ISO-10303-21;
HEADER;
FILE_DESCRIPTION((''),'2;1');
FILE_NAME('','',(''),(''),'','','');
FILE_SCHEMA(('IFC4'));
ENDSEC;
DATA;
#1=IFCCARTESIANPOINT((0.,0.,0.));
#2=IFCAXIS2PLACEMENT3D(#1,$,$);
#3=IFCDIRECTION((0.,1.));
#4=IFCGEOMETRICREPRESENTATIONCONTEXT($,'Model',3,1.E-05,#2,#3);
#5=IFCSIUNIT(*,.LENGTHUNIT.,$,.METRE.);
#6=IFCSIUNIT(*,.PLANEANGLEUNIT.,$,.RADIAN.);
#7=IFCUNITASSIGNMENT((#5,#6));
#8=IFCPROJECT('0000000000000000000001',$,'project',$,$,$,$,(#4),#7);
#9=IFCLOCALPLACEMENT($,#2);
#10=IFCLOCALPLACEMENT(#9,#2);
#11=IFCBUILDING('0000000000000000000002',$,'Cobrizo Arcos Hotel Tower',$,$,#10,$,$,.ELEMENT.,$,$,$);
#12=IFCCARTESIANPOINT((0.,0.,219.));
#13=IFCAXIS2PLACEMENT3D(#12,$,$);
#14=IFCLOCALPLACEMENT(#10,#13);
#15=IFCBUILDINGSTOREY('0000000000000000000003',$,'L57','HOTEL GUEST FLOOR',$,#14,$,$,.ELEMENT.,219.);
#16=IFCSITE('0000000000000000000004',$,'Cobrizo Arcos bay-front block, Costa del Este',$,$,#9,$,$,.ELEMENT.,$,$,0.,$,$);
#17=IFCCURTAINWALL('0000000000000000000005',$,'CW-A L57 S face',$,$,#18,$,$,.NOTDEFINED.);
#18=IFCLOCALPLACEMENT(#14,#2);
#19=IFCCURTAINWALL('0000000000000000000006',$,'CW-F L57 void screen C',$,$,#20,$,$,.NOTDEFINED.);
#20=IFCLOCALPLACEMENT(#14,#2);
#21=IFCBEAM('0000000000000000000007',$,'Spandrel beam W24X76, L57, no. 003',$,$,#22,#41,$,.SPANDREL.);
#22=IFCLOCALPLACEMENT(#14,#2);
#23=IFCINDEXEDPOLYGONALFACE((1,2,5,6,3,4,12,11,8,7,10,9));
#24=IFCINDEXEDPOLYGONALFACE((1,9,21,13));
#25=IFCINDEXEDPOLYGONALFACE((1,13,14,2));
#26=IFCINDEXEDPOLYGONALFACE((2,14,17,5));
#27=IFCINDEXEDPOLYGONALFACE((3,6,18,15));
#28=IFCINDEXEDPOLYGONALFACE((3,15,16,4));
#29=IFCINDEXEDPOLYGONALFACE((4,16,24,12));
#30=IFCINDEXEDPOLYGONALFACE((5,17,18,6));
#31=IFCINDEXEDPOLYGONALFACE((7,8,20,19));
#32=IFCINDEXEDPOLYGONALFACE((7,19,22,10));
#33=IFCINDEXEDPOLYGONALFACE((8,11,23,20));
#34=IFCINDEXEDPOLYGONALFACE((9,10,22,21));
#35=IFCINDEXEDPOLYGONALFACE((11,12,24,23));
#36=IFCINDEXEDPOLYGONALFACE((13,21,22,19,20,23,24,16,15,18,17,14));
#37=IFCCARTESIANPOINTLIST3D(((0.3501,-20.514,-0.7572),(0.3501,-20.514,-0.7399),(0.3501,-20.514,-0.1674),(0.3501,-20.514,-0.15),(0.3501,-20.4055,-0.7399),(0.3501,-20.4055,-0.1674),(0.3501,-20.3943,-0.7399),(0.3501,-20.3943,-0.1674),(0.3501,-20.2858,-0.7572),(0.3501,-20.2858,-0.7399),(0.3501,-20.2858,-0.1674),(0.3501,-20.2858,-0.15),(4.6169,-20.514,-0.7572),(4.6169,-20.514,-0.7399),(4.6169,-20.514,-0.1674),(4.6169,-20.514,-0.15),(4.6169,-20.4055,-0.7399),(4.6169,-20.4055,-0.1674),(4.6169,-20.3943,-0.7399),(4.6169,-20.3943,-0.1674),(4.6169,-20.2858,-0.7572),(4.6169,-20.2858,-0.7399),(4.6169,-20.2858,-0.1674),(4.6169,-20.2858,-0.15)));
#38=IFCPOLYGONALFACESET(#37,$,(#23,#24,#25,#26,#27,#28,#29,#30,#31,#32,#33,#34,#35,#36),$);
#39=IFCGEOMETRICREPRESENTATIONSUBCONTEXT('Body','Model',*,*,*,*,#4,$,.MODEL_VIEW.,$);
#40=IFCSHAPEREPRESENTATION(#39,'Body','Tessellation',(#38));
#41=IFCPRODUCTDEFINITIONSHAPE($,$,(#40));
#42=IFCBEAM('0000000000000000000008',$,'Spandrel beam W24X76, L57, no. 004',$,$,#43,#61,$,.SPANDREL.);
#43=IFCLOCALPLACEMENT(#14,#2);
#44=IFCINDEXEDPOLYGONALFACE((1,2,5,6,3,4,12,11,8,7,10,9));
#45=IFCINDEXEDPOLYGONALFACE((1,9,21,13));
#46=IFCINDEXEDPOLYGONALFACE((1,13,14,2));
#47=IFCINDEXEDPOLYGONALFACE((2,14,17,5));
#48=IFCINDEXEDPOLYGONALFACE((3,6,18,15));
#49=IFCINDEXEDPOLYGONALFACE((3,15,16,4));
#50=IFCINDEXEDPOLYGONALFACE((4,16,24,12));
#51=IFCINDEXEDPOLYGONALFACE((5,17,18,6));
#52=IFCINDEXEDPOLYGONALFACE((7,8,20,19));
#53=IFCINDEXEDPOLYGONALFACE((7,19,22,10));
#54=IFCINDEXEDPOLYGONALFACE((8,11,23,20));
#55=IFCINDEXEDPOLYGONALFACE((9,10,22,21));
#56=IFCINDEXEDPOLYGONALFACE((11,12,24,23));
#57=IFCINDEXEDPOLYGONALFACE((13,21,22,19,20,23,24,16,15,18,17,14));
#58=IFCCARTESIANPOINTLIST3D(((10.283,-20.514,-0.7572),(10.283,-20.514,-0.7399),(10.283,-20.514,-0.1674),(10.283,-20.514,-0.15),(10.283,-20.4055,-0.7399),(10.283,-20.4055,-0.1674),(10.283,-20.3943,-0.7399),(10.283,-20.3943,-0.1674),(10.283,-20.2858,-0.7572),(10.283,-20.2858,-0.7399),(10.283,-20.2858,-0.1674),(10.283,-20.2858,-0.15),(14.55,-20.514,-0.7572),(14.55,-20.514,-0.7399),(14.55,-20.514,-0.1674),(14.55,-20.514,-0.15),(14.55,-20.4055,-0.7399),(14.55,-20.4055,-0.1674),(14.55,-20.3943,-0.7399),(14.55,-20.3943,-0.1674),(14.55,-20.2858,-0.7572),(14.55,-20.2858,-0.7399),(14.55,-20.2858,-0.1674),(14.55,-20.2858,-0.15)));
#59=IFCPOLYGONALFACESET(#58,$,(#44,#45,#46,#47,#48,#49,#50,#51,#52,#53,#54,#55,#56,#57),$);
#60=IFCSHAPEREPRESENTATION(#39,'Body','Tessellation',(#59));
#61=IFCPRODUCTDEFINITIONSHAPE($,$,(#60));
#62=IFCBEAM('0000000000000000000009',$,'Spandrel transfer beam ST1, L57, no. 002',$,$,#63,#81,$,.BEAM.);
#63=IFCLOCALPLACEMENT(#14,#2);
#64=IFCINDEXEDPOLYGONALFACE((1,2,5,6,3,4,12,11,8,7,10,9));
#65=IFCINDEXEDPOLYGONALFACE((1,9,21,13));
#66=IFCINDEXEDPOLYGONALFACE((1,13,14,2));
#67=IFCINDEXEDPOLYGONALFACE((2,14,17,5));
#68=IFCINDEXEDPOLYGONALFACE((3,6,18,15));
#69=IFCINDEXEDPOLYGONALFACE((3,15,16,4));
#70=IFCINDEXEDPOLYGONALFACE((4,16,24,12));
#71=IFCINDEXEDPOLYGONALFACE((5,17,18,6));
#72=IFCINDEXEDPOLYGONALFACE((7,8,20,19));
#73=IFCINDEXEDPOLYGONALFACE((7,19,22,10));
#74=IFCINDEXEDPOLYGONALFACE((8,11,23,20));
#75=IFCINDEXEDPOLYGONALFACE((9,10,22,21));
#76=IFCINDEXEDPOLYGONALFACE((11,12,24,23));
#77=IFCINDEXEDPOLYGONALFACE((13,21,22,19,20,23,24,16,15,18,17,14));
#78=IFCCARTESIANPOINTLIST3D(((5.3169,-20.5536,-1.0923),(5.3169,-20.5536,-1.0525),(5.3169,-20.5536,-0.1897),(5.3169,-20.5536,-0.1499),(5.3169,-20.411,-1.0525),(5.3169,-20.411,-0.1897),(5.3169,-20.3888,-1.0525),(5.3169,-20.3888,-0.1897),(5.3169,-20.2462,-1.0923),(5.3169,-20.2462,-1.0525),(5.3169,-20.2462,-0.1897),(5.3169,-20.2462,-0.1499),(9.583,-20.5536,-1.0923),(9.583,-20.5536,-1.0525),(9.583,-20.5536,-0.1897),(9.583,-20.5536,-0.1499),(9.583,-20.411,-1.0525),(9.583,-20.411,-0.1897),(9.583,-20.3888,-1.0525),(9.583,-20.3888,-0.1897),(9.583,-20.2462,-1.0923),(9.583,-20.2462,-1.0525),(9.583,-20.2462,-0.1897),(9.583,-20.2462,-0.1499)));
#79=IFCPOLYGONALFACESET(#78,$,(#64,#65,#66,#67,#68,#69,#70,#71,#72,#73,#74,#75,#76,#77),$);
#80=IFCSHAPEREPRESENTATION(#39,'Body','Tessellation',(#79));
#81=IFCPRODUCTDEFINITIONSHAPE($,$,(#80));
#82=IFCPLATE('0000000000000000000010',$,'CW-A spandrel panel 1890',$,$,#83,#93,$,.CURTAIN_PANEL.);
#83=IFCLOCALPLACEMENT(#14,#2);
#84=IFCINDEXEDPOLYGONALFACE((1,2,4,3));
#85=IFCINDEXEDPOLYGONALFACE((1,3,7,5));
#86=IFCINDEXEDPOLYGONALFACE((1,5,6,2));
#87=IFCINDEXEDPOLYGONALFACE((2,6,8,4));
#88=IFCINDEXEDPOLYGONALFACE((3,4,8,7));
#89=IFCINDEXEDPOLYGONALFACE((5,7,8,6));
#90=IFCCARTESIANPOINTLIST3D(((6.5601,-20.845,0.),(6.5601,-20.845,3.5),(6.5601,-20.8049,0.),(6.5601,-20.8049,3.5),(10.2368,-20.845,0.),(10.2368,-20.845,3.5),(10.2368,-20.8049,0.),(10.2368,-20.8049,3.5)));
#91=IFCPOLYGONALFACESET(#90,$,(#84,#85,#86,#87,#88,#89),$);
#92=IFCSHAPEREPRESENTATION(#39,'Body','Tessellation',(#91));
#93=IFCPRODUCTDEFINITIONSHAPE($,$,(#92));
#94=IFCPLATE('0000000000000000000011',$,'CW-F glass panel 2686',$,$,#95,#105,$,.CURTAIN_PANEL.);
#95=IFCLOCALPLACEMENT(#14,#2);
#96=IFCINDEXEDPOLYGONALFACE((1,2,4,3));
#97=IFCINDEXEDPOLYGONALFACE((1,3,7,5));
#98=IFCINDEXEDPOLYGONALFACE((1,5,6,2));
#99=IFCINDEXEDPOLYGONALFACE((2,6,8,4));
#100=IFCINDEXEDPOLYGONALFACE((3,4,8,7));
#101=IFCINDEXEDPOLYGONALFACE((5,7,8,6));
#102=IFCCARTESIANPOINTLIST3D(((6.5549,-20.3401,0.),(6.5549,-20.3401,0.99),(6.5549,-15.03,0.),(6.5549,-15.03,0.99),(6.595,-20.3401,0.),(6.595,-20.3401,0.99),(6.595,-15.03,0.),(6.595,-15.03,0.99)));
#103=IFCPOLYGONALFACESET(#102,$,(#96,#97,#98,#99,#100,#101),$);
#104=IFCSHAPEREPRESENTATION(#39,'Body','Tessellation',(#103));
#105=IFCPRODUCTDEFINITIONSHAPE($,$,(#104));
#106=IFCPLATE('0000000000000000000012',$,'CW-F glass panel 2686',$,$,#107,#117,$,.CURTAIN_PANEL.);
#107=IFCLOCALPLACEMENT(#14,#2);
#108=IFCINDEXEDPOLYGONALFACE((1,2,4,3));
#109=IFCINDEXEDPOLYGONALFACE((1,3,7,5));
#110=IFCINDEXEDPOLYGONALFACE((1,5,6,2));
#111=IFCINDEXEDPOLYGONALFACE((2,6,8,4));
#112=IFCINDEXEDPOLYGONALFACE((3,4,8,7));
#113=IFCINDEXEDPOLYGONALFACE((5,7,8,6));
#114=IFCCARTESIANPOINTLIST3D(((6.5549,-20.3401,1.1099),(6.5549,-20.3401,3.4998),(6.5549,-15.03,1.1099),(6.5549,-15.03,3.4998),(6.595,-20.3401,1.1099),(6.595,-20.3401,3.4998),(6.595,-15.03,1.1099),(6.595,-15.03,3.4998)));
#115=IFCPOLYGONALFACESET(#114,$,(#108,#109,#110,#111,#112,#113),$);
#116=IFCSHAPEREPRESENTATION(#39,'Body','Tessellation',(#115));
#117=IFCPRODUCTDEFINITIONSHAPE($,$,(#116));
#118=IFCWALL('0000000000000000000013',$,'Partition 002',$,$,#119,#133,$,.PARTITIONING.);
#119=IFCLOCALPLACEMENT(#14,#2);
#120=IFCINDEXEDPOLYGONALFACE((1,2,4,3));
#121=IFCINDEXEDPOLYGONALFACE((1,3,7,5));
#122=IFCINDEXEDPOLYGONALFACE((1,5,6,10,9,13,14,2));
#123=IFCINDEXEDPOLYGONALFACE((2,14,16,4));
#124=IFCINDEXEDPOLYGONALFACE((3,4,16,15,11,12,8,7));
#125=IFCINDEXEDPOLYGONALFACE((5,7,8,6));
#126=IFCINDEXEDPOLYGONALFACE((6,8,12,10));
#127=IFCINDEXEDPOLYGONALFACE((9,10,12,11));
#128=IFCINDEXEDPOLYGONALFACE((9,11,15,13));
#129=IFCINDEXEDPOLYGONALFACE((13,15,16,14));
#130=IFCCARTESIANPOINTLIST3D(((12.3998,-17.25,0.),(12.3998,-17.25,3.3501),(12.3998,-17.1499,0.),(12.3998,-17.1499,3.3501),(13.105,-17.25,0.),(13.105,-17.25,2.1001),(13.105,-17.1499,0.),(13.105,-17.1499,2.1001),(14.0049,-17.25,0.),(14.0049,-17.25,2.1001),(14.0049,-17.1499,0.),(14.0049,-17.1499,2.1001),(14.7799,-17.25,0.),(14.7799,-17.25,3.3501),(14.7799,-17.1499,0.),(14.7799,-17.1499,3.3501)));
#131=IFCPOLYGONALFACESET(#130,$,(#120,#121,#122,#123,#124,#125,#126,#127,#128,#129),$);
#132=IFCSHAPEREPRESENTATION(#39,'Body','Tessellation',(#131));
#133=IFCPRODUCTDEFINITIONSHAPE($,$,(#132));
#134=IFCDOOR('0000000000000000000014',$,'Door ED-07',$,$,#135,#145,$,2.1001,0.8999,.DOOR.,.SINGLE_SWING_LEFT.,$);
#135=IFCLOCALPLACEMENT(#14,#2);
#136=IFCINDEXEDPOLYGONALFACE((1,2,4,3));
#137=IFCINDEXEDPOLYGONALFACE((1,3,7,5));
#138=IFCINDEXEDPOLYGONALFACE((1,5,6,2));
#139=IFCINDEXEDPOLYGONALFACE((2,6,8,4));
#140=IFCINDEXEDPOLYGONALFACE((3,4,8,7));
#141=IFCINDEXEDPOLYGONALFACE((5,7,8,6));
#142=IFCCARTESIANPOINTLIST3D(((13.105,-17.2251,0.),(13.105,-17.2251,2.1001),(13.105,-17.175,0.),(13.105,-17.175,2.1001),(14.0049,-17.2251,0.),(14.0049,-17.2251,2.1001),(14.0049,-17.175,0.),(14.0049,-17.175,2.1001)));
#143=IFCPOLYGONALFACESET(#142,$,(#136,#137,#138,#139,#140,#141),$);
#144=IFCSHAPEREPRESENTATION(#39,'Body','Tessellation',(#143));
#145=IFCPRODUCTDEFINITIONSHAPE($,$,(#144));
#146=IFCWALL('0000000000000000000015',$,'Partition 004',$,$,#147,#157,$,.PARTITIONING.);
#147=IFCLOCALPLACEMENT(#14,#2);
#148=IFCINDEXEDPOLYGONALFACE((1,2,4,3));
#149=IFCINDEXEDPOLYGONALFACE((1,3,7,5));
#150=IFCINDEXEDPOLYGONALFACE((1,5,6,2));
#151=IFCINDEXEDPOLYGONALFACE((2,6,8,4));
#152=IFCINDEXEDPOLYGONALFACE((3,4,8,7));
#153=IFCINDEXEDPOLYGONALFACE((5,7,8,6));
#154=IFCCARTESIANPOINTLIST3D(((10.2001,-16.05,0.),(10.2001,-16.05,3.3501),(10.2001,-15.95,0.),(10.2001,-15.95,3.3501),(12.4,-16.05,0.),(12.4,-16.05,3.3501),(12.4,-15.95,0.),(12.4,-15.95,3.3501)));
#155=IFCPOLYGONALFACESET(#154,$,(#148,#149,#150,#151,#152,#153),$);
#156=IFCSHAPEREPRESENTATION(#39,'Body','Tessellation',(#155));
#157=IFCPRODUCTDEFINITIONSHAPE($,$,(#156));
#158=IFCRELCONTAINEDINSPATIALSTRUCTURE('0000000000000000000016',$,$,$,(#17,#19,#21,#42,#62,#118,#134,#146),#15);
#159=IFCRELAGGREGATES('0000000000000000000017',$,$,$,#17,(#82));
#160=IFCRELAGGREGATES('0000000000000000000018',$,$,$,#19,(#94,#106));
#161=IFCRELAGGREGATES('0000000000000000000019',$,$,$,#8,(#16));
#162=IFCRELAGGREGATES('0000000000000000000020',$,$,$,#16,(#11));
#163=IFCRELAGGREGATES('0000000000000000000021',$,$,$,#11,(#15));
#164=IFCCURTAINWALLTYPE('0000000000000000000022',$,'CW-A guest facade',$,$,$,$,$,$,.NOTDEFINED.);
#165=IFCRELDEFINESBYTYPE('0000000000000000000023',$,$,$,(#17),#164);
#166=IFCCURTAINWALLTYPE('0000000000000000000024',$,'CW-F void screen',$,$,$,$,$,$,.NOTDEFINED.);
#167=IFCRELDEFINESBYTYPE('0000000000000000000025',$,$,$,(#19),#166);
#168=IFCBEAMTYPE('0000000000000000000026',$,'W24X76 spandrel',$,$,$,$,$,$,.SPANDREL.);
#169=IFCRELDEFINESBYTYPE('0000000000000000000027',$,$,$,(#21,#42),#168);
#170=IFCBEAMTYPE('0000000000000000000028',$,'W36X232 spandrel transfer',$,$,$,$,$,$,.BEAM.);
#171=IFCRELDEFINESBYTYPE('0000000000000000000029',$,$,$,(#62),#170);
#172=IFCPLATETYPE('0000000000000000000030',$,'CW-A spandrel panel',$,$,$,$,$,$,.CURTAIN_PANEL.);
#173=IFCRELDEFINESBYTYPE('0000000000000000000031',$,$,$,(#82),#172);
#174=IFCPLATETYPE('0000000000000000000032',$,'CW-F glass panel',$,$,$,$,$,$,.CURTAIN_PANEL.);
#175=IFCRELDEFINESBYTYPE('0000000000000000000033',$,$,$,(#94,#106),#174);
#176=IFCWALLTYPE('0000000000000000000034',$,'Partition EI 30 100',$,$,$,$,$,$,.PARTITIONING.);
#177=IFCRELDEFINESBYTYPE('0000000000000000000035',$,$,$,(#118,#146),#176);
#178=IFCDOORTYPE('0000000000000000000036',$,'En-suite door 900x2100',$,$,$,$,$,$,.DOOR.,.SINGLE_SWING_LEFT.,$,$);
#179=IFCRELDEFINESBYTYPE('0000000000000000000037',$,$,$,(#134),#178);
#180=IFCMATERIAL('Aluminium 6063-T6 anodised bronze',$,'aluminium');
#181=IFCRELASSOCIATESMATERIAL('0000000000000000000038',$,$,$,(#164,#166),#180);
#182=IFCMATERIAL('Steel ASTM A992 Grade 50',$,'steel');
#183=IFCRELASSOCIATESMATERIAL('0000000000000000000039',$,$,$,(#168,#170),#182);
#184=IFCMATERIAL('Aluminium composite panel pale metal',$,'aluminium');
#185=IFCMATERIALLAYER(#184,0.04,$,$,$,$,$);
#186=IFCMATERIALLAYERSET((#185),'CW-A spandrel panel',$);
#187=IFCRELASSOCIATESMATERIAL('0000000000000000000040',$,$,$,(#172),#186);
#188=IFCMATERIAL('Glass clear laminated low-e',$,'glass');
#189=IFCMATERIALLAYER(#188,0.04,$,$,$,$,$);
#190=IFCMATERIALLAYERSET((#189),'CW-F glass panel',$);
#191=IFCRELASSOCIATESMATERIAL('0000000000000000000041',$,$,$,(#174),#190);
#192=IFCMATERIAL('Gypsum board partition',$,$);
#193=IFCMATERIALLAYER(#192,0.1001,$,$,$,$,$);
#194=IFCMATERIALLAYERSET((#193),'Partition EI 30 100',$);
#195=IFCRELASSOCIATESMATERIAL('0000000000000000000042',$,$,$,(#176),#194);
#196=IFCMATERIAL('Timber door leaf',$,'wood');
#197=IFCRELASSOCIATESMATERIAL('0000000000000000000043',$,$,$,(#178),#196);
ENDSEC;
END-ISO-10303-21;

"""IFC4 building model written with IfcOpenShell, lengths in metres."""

from ifc_helpers import new_model, si_unit, direction, frame, frame_2d, origin, origin_2d, place, context, subcontext, project, spatial, rectangle, i_section, extrude, material, layer, layer_set, material_profile, profile_set, type_object, element, fill, aggregate, save


model = new_model("IFC4")

# Units and contexts
model_context = context("Model", 3, precision=1e-05, world=origin(), true_north=direction((0.0, 1.0)))
body_context = subcontext(model_context, "Body", "Model", "MODEL_VIEW")
ifc_project = project(units=[si_unit("LENGTHUNIT", "METRE"), si_unit("PLANEANGLEUNIT", "RADIAN")], contexts=[model_context])

# Site, building, storey
site_placement = place(None, origin())
site = spatial("IfcSite", under=ifc_project, at=site_placement, Name="Cobrizo Arcos bay-front block, Costa del Este", CompositionType="ELEMENT", RefElevation=0.0)
building_placement = place(site_placement, origin())
building = spatial("IfcBuilding", under=site, at=building_placement, Name="Cobrizo Arcos Hotel Tower", CompositionType="ELEMENT")
storey_placement = place(building_placement, frame((0.0, 0.0, 219.0)))
storey = spatial("IfcBuildingStorey", under=building, at=storey_placement, Name="L57", Description="HOTEL GUEST FLOOR", CompositionType="ELEMENT", Elevation=219.0)

# Curtain walls
ifc_material_1 = material(Name="Aluminium 6063-T6 anodised bronze", Category="aluminium")
curtain_wall_type_1 = type_object("IfcCurtainWallType", Name="CW-A guest facade", PredefinedType="NOTDEFINED", material=ifc_material_1)
curtain_wall_1_placement = place(storey_placement, origin())
curtain_wall_1 = element("IfcCurtainWall", 1, at=curtain_wall_1_placement, inside=storey, type_object=curtain_wall_type_1, Name="CW-A L57 S face", PredefinedType="NOTDEFINED")
curtain_wall_type_2 = type_object("IfcCurtainWallType", Name="CW-F void screen", PredefinedType="NOTDEFINED", material=ifc_material_1)
curtain_wall_2_placement = place(storey_placement, origin())
curtain_wall_2 = element("IfcCurtainWall", 2, at=curtain_wall_2_placement, inside=storey, type_object=curtain_wall_type_2, Name="CW-F L57 void screen C", PredefinedType="NOTDEFINED")

# Beams
ifc_material_2 = material(Name="Steel ASTM A992 Grade 50", Category="steel")
ifc_material_profile_1 = material_profile(ifc_material_2, i_section(OverallWidth=0.2283, OverallDepth=0.6072, WebThickness=0.0112, FlangeThickness=0.0173, at=origin_2d()), Name="W24X76")
ifc_profile_set_1 = profile_set([ifc_material_profile_1], Name="Steel ASTM A992 Grade 50")
beam_type_1 = type_object("IfcBeamType", Name="W24X76 spandrel", PredefinedType="SPANDREL", material=ifc_profile_set_1)
beam_1_placement = place(storey_placement, frame((0.3501, -20.3999, -0.4536), z_axis=(1.0, 0.0, 0.0), x_axis=(0.0, 1.0, 0.0)))
element("IfcBeam", 3, at=beam_1_placement, inside=storey, type_object=beam_type_1, Name="Spandrel beam W24X76, L57, no. 003", PredefinedType="SPANDREL", context=body_context, shape_type="SweptSolid", body=[
    extrude(i_section(OverallWidth=0.2283, OverallDepth=0.6072, WebThickness=0.0112, FlangeThickness=0.0173, at=origin_2d()), origin(), (0.0, 0.0, 1.0), 4.2668),
])
beam_2_placement = place(storey_placement, frame((10.283, -20.3999, -0.4536), z_axis=(1.0, 0.0, 0.0), x_axis=(0.0, 1.0, 0.0)))
element("IfcBeam", 4, at=beam_2_placement, inside=storey, type_object=beam_type_1, Name="Spandrel beam W24X76, L57, no. 004", PredefinedType="SPANDREL", context=body_context, shape_type="SweptSolid", body=[
    extrude(i_section(OverallWidth=0.2283, OverallDepth=0.6072, WebThickness=0.0112, FlangeThickness=0.0173, at=origin_2d()), origin(), (0.0, 0.0, 1.0), 4.2671),
])
ifc_material_profile_2 = material_profile(ifc_material_2, i_section(OverallWidth=0.3074, OverallDepth=0.9424, WebThickness=0.0222, FlangeThickness=0.0398, at=origin_2d()), Name="W36X232")
ifc_profile_set_2 = profile_set([ifc_material_profile_2], Name="Steel ASTM A992 Grade 50")
beam_type_2 = type_object("IfcBeamType", Name="W36X232 spandrel transfer", PredefinedType="BEAM", material=ifc_profile_set_2)
beam_3_placement = place(storey_placement, frame((5.3169, -20.3999, -0.6211), z_axis=(1.0, 0.0, 0.0), x_axis=(0.0, 1.0, 0.0)))
element("IfcBeam", 5, at=beam_3_placement, inside=storey, type_object=beam_type_2, Name="Spandrel transfer beam ST1, L57, no. 002", PredefinedType="BEAM", context=body_context, shape_type="SweptSolid", body=[
    extrude(i_section(OverallWidth=0.3074, OverallDepth=0.9424, WebThickness=0.0222, FlangeThickness=0.0398, at=origin_2d()), origin(), (0.0, 0.0, 1.0), 4.2661),
])

# Plates
ifc_material_3 = material(Name="Aluminium composite panel pale metal", Category="aluminium")
ifc_layer_1 = layer(ifc_material_3, 0.04)
ifc_layer_set_1 = layer_set([ifc_layer_1], Name="CW-A spandrel panel")
plate_type_1 = type_object("IfcPlateType", Name="CW-A spandrel panel", PredefinedType="CURTAIN_PANEL", material=ifc_layer_set_1)
plate_1_placement = place(storey_placement, frame((8.3984, -20.825, 0.0), z_axis=(0.0, 0.0, 1.0), x_axis=(1.0, 0.0, 0.0)))
plate_1 = element("IfcPlate", 6, at=plate_1_placement, type_object=plate_type_1, Name="CW-A spandrel panel 1890", PredefinedType="CURTAIN_PANEL", context=body_context, shape_type="SweptSolid", body=[
    extrude(rectangle(XDim=3.6768, YDim=0.04, at=origin_2d()), origin(), (0.0, 0.0, 1.0), 3.5),
])
aggregate(curtain_wall_1, [plate_1])
ifc_material_4 = material(Name="Glass clear laminated low-e", Category="glass")
ifc_layer_2 = layer(ifc_material_4, 0.04)
ifc_layer_set_2 = layer_set([ifc_layer_2], Name="CW-F glass panel")
plate_type_2 = type_object("IfcPlateType", Name="CW-F glass panel", PredefinedType="CURTAIN_PANEL", material=ifc_layer_set_2)
plate_2_placement = place(storey_placement, frame((6.575, -17.6851, 0.0), z_axis=(0.0, 0.0, 1.0), x_axis=(0.0, 1.0, 0.0)))
plate_2 = element("IfcPlate", 7, at=plate_2_placement, type_object=plate_type_2, Name="CW-F glass panel 2686", PredefinedType="CURTAIN_PANEL", context=body_context, shape_type="SweptSolid", body=[
    extrude(rectangle(XDim=5.3101, YDim=0.04, at=origin_2d()), origin(), (0.0, 0.0, 1.0), 0.99),
])
plate_3_placement = place(storey_placement, frame((6.575, -17.6851, 1.1099), z_axis=(0.0, 0.0, 1.0), x_axis=(0.0, 1.0, 0.0)))
plate_3 = element("IfcPlate", 8, at=plate_3_placement, type_object=plate_type_2, Name="CW-F glass panel 2686", PredefinedType="CURTAIN_PANEL", context=body_context, shape_type="SweptSolid", body=[
    extrude(rectangle(XDim=5.3101, YDim=0.04, at=origin_2d()), origin(), (0.0, 0.0, 1.0), 2.3899),
])
aggregate(curtain_wall_2, [plate_2, plate_3])

# Wall, opening, door
ifc_material_5 = material(Name="Gypsum board partition")
ifc_layer_3 = layer(ifc_material_5, 0.1001)
ifc_layer_set_3 = layer_set([ifc_layer_3], Name="Partition EI 30 100")
wall_type = type_object("IfcWallType", Name="Partition EI 30 100", PredefinedType="PARTITIONING", material=ifc_layer_set_3)
wall_1_placement = place(storey_placement, frame((12.3999, -17.2, 0.0), z_axis=(0.0, 0.0, 1.0), x_axis=(1.0, 0.0, 0.0)))
wall_1 = element("IfcWall", 9, at=wall_1_placement, inside=storey, type_object=wall_type, Name="Partition 002", PredefinedType="PARTITIONING", context=body_context, shape_type="SweptSolid", body=[
    extrude(rectangle(XDim=2.3801, YDim=0.1001, at=frame_2d((1.1899, 0.0))), origin(), (0.0, 0.0, 1.0), 3.3501),
])
opening_1_placement = place(wall_1_placement, frame((0.7051, 0.0, 0.0)))
opening_1 = element("IfcOpeningElement", 10, at=opening_1_placement, cuts=wall_1, PredefinedType="OPENING", context=body_context, shape_type="SweptSolid", body=[
    extrude(rectangle(XDim=0.8999, YDim=2.1001, at=frame_2d((0.45, 1.05))), frame((0.0, 0.062, 0.0), z_axis=(0.0, -1.0, 0.0), x_axis=(1.0, 0.0, 0.0)), (0.0, 0.0, 1.0), 0.124),
])
ifc_material_6 = material(Name="Timber door leaf", Category="wood")
door_type_1 = type_object("IfcDoorType", Name="En-suite door 900x2100", OperationType="SINGLE_SWING_LEFT", PredefinedType="DOOR", material=ifc_material_6)
door_1_placement = place(opening_1_placement, origin())
door_1 = element("IfcDoor", 11, at=door_1_placement, inside=storey, type_object=door_type_1, Name="Door ED-07", OperationType="SINGLE_SWING_LEFT", OverallHeight=2.1001, OverallWidth=0.8999, PredefinedType="DOOR", context=body_context, shape_type="SweptSolid", body=[
    extrude(rectangle(XDim=0.8999, YDim=2.1001, at=frame_2d((0.45, 1.05))), frame((0.0, 0.0249, 0.0), z_axis=(0.0, -1.0, 0.0), x_axis=(1.0, 0.0, 0.0)), (0.0, 0.0, 1.0), 0.05),
])
fill(opening_1, door_1)

# Wall
wall_2_placement = place(storey_placement, frame((10.2, -16.0, 0.0), z_axis=(0.0, 0.0, 1.0), x_axis=(1.0, 0.0, 0.0)))
element("IfcWall", 12, at=wall_2_placement, inside=storey, type_object=wall_type, Name="Partition 004", PredefinedType="PARTITIONING", context=body_context, shape_type="SweptSolid", body=[
    extrude(rectangle(XDim=2.2, YDim=0.1001, at=frame_2d((1.1001, 0.0))), origin(), (0.0, 0.0, 1.0), 3.3501),
])

save(model, "model.ifc")
